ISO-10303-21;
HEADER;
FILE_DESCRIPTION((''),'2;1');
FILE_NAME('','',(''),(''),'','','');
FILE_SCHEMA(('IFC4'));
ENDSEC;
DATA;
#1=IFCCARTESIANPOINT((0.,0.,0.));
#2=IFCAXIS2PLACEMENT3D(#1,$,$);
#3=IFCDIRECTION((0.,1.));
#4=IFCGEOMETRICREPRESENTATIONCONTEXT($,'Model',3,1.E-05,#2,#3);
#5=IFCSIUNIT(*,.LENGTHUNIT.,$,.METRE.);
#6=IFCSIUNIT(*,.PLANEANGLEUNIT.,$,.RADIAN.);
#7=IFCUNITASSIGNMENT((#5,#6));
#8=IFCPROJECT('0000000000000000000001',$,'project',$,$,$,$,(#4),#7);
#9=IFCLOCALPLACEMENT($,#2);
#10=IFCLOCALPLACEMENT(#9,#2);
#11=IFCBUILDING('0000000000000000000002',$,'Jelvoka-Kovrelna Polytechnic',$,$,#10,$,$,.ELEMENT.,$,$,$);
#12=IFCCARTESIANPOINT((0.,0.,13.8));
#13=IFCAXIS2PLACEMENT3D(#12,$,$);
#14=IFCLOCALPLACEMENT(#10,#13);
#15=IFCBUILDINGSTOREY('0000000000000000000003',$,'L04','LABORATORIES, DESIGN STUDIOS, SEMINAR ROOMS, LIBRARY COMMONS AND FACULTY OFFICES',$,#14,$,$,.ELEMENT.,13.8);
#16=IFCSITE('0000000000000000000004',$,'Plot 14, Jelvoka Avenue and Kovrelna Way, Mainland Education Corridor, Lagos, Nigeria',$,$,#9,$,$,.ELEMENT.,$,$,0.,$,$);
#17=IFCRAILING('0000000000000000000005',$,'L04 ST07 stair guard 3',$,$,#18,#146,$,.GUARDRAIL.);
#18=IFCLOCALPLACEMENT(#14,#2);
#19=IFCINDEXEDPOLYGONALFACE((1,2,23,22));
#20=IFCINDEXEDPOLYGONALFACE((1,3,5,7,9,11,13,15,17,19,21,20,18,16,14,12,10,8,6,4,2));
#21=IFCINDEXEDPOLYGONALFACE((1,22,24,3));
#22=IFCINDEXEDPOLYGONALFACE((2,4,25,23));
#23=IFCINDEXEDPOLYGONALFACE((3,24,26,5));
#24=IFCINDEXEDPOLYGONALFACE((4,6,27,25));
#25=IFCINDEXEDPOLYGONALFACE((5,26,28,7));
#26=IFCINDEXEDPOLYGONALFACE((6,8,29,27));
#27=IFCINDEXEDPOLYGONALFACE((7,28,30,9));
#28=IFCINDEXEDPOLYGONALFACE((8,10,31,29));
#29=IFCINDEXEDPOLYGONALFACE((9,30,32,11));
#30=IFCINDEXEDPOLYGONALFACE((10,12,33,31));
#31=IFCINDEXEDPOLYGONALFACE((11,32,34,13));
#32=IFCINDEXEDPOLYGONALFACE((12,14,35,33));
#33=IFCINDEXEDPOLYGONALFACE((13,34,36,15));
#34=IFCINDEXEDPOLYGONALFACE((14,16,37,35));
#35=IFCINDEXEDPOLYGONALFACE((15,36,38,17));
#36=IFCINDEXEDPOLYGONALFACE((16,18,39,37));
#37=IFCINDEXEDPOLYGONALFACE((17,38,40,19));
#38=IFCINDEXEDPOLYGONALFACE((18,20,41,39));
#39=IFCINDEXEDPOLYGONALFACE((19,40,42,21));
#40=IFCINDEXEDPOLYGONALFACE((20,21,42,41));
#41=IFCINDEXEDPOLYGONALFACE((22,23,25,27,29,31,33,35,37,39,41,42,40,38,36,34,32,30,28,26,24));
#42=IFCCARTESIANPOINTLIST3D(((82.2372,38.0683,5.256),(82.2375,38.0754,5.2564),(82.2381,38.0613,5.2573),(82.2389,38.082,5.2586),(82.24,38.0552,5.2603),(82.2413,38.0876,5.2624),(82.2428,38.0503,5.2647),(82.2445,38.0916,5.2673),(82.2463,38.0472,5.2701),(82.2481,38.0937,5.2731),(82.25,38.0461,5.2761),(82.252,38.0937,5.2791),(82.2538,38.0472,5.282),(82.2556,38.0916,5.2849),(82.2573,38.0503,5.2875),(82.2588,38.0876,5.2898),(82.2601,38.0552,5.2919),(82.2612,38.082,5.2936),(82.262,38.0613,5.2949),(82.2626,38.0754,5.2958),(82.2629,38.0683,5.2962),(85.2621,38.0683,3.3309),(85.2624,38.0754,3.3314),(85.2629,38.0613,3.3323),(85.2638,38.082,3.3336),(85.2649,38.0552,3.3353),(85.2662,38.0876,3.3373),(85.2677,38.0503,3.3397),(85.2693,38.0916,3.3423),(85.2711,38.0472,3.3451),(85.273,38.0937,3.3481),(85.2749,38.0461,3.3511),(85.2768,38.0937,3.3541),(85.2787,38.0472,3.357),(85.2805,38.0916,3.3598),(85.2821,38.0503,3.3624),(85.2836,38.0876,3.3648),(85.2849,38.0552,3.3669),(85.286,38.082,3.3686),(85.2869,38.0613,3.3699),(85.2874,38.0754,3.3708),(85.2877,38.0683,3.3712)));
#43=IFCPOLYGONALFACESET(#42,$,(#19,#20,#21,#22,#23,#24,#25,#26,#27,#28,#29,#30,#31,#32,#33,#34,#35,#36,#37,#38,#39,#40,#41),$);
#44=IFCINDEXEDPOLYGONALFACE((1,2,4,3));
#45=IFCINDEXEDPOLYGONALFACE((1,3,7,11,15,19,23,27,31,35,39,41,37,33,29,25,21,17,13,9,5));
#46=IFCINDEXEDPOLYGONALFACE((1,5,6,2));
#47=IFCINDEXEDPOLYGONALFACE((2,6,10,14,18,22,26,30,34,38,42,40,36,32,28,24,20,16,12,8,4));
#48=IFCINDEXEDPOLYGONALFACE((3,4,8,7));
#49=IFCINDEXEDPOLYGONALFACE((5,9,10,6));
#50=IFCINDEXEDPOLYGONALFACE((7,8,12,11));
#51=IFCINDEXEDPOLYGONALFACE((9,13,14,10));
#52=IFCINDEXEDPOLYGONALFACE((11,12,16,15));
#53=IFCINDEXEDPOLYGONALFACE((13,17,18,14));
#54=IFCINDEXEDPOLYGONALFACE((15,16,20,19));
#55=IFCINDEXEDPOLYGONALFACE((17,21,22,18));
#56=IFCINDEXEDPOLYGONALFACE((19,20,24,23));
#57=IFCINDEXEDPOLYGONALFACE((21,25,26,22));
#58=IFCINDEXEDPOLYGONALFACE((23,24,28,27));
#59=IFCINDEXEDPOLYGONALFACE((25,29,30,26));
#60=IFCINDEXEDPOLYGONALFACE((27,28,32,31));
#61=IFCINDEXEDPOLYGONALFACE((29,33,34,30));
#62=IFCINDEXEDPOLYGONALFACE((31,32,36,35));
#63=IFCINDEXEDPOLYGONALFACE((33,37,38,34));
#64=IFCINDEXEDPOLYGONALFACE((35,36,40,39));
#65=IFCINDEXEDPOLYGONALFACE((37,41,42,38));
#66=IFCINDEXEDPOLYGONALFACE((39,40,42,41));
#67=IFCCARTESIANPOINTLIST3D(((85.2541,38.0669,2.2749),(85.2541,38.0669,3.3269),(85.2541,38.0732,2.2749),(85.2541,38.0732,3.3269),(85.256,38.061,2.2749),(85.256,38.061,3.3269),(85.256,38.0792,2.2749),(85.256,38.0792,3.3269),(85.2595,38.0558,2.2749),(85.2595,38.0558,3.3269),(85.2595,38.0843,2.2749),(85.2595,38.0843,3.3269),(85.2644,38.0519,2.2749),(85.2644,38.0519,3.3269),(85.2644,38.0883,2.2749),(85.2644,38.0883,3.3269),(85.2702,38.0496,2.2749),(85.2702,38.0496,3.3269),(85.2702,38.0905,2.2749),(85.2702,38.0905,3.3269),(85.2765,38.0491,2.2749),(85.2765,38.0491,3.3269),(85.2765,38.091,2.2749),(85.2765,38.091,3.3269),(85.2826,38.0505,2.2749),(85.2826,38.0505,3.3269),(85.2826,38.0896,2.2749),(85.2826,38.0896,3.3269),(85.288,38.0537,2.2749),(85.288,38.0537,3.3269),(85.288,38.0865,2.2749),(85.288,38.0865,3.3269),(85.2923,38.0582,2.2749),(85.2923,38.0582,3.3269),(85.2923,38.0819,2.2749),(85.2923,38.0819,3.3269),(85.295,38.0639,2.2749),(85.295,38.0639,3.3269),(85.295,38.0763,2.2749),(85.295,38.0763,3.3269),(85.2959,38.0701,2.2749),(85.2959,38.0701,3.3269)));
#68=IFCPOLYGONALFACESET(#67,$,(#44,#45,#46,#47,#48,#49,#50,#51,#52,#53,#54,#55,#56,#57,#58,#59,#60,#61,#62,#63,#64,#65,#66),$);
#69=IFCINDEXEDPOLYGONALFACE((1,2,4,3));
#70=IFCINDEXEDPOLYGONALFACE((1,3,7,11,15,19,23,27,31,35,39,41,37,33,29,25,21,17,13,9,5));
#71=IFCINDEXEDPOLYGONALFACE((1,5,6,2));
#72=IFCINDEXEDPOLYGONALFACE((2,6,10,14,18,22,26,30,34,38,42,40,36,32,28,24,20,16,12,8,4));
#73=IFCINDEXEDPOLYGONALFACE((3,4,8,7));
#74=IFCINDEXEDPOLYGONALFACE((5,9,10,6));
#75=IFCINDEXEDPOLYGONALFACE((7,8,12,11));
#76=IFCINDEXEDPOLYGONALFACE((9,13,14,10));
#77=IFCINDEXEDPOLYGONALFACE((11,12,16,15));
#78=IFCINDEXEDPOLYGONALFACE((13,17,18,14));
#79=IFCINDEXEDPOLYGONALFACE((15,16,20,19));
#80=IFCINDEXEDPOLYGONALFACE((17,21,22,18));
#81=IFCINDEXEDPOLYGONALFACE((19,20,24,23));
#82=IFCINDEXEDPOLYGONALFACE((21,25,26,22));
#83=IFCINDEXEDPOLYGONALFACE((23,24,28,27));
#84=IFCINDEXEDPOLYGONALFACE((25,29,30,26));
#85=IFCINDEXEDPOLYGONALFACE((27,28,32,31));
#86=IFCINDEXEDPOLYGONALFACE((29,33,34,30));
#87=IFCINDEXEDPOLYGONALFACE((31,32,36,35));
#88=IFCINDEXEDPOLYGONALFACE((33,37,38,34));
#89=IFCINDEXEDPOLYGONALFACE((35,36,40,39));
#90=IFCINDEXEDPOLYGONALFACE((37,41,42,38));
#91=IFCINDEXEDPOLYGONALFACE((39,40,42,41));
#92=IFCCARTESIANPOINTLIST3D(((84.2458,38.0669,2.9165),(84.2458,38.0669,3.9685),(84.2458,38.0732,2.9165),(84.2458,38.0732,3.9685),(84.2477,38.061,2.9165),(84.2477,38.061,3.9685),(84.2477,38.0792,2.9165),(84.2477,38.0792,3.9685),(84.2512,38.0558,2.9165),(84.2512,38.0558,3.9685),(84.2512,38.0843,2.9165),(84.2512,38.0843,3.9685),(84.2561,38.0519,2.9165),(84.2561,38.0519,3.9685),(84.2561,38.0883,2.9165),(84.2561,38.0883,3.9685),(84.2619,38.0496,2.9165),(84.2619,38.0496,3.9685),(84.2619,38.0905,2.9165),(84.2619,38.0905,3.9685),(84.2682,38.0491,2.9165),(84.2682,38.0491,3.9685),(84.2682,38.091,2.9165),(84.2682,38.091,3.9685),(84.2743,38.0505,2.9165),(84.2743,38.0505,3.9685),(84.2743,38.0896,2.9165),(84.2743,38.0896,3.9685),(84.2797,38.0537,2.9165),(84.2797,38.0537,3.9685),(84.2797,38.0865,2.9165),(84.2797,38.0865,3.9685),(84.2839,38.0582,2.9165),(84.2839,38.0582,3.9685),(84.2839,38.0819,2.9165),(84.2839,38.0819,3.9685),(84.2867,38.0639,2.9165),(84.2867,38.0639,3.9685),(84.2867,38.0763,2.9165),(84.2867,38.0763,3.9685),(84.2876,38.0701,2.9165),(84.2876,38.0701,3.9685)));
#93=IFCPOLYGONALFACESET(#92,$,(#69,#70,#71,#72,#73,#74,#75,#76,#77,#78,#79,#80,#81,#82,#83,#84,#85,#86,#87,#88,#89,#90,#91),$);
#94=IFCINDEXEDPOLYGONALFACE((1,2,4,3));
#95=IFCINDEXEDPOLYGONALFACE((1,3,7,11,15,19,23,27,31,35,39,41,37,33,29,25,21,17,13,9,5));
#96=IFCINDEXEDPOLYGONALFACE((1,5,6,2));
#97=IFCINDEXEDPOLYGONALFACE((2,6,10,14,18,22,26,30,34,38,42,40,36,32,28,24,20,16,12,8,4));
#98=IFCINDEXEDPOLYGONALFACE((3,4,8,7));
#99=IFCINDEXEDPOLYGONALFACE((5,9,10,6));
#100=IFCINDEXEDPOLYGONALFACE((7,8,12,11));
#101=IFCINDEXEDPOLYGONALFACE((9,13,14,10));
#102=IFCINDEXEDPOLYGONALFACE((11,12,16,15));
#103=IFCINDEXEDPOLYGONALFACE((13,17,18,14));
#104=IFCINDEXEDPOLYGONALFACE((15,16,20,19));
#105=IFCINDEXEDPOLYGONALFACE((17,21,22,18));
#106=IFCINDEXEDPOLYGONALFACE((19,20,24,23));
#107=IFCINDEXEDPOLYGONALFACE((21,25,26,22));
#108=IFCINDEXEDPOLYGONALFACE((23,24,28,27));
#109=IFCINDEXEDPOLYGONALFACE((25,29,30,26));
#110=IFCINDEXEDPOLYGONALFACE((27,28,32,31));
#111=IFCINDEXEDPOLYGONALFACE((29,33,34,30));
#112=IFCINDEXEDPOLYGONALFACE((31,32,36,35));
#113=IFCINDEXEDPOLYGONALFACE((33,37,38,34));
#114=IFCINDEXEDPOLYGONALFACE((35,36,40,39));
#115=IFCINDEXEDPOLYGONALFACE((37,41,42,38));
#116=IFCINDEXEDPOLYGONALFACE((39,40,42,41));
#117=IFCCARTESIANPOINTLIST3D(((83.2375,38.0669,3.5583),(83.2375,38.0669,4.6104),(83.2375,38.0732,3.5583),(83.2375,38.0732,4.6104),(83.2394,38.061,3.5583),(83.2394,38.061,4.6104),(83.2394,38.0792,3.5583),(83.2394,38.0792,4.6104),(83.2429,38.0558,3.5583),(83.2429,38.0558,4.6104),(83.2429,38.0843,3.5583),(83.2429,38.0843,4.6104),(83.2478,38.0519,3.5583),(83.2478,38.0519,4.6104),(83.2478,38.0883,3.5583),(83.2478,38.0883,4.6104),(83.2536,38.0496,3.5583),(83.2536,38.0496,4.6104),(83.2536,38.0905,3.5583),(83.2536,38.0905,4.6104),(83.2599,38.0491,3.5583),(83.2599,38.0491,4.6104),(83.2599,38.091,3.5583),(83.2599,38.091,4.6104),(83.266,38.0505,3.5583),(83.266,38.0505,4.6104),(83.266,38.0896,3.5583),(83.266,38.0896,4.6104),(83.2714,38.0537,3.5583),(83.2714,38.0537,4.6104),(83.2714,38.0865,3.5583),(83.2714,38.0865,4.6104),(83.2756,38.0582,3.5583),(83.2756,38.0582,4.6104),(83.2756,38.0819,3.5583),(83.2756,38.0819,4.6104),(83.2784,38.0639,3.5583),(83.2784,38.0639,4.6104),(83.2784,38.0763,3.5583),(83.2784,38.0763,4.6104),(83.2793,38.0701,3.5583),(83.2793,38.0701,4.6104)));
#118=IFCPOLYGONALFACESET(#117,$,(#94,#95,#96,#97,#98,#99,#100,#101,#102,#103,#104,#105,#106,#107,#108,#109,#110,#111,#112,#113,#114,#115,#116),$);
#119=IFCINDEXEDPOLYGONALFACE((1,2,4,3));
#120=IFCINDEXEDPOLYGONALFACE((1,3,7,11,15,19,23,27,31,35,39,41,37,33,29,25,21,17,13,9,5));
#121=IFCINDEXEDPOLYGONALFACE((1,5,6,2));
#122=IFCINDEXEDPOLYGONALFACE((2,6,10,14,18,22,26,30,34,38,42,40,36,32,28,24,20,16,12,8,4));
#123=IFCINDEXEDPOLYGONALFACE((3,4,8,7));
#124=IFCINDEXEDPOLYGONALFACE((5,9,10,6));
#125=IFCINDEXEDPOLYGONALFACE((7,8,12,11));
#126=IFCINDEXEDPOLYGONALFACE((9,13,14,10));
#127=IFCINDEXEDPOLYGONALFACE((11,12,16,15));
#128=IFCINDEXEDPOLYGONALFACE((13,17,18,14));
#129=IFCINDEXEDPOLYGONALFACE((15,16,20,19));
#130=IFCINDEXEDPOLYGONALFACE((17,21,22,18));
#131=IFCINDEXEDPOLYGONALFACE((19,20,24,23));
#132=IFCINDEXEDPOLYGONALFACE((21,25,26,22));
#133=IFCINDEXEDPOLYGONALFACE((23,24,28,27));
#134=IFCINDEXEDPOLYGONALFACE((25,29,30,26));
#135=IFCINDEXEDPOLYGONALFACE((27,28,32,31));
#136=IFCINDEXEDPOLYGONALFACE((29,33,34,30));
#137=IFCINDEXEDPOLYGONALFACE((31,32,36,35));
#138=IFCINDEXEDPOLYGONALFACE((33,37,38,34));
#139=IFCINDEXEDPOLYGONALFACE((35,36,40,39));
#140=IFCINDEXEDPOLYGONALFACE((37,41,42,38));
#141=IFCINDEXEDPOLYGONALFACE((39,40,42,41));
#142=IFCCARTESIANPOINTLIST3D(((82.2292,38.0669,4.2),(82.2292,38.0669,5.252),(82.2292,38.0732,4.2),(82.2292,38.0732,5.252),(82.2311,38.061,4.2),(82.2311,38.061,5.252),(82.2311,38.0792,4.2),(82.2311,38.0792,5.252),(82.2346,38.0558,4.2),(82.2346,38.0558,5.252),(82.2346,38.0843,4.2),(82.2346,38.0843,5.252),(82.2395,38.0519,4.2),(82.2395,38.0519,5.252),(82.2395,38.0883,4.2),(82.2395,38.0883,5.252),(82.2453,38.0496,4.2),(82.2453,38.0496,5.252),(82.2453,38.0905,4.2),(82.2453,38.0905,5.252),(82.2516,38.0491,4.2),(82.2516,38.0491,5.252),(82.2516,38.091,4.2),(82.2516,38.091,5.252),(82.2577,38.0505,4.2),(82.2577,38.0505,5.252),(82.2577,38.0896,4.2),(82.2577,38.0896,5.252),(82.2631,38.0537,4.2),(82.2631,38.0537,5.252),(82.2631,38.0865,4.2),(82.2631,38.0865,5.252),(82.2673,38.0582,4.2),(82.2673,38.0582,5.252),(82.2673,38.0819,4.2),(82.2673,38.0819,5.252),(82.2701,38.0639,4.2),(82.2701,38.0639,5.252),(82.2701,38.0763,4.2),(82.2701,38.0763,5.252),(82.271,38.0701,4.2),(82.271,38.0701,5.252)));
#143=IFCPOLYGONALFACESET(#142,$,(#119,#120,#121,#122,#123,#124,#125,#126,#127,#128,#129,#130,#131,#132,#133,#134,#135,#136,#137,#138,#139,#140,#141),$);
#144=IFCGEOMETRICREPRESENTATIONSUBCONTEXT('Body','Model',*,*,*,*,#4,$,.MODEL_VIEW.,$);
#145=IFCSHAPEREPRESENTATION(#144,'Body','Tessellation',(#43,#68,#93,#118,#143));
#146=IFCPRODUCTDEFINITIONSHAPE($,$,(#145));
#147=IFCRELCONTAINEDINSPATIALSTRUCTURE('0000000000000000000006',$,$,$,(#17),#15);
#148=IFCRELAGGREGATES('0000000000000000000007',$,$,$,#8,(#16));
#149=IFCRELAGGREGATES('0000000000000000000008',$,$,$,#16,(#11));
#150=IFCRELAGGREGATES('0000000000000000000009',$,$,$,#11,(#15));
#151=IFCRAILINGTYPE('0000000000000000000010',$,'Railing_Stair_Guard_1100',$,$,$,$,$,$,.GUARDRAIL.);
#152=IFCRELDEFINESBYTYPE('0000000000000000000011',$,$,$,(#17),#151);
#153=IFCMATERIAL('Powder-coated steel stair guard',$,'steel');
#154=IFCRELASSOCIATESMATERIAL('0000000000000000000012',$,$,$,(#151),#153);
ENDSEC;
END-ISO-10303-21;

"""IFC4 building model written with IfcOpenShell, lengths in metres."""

from ifc_helpers import new_model, si_unit, direction, frame, origin, origin_2d, place, context, subcontext, project, spatial, circle, extrude, material, type_object, element, save


model = new_model("IFC4")

# Units and contexts
model_context = context("Model", 3, precision=1e-05, world=origin(), true_north=direction((0.0, 1.0)))
body_context = subcontext(model_context, "Body", "Model", "MODEL_VIEW")
ifc_project = project(units=[si_unit("LENGTHUNIT", "METRE"), si_unit("PLANEANGLEUNIT", "RADIAN")], contexts=[model_context])

# Site, building, storey
site_placement = place(None, origin())
site = spatial("IfcSite", under=ifc_project, at=site_placement, Name="Plot 14, Jelvoka Avenue and Kovrelna Way, Mainland Education Corridor, Lagos, Nigeria", CompositionType="ELEMENT", RefElevation=0.0)
building_placement = place(site_placement, origin())
building = spatial("IfcBuilding", under=site, at=building_placement, Name="Jelvoka-Kovrelna Polytechnic", CompositionType="ELEMENT")
storey_placement = place(building_placement, frame((0.0, 0.0, 13.8)))
storey = spatial("IfcBuildingStorey", under=building, at=storey_placement, Name="L04", Description="LABORATORIES, DESIGN STUDIOS, SEMINAR ROOMS, LIBRARY COMMONS AND FACULTY OFFICES", CompositionType="ELEMENT", Elevation=13.8)

# Railing
ifc_material_1 = material(Name="Powder-coated steel stair guard", Category="steel")
railing_type_1 = type_object("IfcRailingType", Name="Railing_Stair_Guard_1100", PredefinedType="GUARDRAIL", material=ifc_material_1)
railing_1_placement = place(storey_placement, frame((85.2749, 38.0701, 2.2749)))
element("IfcRailing", 1, at=railing_1_placement, inside=storey, type_object=railing_type_1, Name="L04 ST07 stair guard 3", PredefinedType="GUARDRAIL", context=body_context, shape_type="SweptSolid", body=[
    extrude(circle(Radius=0.0239, at=origin_2d()), frame((0.0, 0.0, 1.0762), z_axis=(-0.843647, 0.0, 0.536898), x_axis=(0.0, -1.0, 0.0)), (0.0, 0.0, 1.0), 3.5854),
    extrude(circle(Radius=0.021, at=origin_2d()), origin(), (0.0, 0.0, 1.0), 1.052),
    extrude(circle(Radius=0.021, at=origin_2d()), frame((-1.0083, 0.0, 0.6416)), (0.0, 0.0, 1.0), 1.052),
    extrude(circle(Radius=0.021, at=origin_2d()), frame((-2.0166, 0.0, 1.2834)), (0.0, 0.0, 1.0), 1.052),
    extrude(circle(Radius=0.021, at=origin_2d()), frame((-3.0249, 0.0, 1.925)), (0.0, 0.0, 1.0), 1.052),
])

save(model, "model.ifc")
